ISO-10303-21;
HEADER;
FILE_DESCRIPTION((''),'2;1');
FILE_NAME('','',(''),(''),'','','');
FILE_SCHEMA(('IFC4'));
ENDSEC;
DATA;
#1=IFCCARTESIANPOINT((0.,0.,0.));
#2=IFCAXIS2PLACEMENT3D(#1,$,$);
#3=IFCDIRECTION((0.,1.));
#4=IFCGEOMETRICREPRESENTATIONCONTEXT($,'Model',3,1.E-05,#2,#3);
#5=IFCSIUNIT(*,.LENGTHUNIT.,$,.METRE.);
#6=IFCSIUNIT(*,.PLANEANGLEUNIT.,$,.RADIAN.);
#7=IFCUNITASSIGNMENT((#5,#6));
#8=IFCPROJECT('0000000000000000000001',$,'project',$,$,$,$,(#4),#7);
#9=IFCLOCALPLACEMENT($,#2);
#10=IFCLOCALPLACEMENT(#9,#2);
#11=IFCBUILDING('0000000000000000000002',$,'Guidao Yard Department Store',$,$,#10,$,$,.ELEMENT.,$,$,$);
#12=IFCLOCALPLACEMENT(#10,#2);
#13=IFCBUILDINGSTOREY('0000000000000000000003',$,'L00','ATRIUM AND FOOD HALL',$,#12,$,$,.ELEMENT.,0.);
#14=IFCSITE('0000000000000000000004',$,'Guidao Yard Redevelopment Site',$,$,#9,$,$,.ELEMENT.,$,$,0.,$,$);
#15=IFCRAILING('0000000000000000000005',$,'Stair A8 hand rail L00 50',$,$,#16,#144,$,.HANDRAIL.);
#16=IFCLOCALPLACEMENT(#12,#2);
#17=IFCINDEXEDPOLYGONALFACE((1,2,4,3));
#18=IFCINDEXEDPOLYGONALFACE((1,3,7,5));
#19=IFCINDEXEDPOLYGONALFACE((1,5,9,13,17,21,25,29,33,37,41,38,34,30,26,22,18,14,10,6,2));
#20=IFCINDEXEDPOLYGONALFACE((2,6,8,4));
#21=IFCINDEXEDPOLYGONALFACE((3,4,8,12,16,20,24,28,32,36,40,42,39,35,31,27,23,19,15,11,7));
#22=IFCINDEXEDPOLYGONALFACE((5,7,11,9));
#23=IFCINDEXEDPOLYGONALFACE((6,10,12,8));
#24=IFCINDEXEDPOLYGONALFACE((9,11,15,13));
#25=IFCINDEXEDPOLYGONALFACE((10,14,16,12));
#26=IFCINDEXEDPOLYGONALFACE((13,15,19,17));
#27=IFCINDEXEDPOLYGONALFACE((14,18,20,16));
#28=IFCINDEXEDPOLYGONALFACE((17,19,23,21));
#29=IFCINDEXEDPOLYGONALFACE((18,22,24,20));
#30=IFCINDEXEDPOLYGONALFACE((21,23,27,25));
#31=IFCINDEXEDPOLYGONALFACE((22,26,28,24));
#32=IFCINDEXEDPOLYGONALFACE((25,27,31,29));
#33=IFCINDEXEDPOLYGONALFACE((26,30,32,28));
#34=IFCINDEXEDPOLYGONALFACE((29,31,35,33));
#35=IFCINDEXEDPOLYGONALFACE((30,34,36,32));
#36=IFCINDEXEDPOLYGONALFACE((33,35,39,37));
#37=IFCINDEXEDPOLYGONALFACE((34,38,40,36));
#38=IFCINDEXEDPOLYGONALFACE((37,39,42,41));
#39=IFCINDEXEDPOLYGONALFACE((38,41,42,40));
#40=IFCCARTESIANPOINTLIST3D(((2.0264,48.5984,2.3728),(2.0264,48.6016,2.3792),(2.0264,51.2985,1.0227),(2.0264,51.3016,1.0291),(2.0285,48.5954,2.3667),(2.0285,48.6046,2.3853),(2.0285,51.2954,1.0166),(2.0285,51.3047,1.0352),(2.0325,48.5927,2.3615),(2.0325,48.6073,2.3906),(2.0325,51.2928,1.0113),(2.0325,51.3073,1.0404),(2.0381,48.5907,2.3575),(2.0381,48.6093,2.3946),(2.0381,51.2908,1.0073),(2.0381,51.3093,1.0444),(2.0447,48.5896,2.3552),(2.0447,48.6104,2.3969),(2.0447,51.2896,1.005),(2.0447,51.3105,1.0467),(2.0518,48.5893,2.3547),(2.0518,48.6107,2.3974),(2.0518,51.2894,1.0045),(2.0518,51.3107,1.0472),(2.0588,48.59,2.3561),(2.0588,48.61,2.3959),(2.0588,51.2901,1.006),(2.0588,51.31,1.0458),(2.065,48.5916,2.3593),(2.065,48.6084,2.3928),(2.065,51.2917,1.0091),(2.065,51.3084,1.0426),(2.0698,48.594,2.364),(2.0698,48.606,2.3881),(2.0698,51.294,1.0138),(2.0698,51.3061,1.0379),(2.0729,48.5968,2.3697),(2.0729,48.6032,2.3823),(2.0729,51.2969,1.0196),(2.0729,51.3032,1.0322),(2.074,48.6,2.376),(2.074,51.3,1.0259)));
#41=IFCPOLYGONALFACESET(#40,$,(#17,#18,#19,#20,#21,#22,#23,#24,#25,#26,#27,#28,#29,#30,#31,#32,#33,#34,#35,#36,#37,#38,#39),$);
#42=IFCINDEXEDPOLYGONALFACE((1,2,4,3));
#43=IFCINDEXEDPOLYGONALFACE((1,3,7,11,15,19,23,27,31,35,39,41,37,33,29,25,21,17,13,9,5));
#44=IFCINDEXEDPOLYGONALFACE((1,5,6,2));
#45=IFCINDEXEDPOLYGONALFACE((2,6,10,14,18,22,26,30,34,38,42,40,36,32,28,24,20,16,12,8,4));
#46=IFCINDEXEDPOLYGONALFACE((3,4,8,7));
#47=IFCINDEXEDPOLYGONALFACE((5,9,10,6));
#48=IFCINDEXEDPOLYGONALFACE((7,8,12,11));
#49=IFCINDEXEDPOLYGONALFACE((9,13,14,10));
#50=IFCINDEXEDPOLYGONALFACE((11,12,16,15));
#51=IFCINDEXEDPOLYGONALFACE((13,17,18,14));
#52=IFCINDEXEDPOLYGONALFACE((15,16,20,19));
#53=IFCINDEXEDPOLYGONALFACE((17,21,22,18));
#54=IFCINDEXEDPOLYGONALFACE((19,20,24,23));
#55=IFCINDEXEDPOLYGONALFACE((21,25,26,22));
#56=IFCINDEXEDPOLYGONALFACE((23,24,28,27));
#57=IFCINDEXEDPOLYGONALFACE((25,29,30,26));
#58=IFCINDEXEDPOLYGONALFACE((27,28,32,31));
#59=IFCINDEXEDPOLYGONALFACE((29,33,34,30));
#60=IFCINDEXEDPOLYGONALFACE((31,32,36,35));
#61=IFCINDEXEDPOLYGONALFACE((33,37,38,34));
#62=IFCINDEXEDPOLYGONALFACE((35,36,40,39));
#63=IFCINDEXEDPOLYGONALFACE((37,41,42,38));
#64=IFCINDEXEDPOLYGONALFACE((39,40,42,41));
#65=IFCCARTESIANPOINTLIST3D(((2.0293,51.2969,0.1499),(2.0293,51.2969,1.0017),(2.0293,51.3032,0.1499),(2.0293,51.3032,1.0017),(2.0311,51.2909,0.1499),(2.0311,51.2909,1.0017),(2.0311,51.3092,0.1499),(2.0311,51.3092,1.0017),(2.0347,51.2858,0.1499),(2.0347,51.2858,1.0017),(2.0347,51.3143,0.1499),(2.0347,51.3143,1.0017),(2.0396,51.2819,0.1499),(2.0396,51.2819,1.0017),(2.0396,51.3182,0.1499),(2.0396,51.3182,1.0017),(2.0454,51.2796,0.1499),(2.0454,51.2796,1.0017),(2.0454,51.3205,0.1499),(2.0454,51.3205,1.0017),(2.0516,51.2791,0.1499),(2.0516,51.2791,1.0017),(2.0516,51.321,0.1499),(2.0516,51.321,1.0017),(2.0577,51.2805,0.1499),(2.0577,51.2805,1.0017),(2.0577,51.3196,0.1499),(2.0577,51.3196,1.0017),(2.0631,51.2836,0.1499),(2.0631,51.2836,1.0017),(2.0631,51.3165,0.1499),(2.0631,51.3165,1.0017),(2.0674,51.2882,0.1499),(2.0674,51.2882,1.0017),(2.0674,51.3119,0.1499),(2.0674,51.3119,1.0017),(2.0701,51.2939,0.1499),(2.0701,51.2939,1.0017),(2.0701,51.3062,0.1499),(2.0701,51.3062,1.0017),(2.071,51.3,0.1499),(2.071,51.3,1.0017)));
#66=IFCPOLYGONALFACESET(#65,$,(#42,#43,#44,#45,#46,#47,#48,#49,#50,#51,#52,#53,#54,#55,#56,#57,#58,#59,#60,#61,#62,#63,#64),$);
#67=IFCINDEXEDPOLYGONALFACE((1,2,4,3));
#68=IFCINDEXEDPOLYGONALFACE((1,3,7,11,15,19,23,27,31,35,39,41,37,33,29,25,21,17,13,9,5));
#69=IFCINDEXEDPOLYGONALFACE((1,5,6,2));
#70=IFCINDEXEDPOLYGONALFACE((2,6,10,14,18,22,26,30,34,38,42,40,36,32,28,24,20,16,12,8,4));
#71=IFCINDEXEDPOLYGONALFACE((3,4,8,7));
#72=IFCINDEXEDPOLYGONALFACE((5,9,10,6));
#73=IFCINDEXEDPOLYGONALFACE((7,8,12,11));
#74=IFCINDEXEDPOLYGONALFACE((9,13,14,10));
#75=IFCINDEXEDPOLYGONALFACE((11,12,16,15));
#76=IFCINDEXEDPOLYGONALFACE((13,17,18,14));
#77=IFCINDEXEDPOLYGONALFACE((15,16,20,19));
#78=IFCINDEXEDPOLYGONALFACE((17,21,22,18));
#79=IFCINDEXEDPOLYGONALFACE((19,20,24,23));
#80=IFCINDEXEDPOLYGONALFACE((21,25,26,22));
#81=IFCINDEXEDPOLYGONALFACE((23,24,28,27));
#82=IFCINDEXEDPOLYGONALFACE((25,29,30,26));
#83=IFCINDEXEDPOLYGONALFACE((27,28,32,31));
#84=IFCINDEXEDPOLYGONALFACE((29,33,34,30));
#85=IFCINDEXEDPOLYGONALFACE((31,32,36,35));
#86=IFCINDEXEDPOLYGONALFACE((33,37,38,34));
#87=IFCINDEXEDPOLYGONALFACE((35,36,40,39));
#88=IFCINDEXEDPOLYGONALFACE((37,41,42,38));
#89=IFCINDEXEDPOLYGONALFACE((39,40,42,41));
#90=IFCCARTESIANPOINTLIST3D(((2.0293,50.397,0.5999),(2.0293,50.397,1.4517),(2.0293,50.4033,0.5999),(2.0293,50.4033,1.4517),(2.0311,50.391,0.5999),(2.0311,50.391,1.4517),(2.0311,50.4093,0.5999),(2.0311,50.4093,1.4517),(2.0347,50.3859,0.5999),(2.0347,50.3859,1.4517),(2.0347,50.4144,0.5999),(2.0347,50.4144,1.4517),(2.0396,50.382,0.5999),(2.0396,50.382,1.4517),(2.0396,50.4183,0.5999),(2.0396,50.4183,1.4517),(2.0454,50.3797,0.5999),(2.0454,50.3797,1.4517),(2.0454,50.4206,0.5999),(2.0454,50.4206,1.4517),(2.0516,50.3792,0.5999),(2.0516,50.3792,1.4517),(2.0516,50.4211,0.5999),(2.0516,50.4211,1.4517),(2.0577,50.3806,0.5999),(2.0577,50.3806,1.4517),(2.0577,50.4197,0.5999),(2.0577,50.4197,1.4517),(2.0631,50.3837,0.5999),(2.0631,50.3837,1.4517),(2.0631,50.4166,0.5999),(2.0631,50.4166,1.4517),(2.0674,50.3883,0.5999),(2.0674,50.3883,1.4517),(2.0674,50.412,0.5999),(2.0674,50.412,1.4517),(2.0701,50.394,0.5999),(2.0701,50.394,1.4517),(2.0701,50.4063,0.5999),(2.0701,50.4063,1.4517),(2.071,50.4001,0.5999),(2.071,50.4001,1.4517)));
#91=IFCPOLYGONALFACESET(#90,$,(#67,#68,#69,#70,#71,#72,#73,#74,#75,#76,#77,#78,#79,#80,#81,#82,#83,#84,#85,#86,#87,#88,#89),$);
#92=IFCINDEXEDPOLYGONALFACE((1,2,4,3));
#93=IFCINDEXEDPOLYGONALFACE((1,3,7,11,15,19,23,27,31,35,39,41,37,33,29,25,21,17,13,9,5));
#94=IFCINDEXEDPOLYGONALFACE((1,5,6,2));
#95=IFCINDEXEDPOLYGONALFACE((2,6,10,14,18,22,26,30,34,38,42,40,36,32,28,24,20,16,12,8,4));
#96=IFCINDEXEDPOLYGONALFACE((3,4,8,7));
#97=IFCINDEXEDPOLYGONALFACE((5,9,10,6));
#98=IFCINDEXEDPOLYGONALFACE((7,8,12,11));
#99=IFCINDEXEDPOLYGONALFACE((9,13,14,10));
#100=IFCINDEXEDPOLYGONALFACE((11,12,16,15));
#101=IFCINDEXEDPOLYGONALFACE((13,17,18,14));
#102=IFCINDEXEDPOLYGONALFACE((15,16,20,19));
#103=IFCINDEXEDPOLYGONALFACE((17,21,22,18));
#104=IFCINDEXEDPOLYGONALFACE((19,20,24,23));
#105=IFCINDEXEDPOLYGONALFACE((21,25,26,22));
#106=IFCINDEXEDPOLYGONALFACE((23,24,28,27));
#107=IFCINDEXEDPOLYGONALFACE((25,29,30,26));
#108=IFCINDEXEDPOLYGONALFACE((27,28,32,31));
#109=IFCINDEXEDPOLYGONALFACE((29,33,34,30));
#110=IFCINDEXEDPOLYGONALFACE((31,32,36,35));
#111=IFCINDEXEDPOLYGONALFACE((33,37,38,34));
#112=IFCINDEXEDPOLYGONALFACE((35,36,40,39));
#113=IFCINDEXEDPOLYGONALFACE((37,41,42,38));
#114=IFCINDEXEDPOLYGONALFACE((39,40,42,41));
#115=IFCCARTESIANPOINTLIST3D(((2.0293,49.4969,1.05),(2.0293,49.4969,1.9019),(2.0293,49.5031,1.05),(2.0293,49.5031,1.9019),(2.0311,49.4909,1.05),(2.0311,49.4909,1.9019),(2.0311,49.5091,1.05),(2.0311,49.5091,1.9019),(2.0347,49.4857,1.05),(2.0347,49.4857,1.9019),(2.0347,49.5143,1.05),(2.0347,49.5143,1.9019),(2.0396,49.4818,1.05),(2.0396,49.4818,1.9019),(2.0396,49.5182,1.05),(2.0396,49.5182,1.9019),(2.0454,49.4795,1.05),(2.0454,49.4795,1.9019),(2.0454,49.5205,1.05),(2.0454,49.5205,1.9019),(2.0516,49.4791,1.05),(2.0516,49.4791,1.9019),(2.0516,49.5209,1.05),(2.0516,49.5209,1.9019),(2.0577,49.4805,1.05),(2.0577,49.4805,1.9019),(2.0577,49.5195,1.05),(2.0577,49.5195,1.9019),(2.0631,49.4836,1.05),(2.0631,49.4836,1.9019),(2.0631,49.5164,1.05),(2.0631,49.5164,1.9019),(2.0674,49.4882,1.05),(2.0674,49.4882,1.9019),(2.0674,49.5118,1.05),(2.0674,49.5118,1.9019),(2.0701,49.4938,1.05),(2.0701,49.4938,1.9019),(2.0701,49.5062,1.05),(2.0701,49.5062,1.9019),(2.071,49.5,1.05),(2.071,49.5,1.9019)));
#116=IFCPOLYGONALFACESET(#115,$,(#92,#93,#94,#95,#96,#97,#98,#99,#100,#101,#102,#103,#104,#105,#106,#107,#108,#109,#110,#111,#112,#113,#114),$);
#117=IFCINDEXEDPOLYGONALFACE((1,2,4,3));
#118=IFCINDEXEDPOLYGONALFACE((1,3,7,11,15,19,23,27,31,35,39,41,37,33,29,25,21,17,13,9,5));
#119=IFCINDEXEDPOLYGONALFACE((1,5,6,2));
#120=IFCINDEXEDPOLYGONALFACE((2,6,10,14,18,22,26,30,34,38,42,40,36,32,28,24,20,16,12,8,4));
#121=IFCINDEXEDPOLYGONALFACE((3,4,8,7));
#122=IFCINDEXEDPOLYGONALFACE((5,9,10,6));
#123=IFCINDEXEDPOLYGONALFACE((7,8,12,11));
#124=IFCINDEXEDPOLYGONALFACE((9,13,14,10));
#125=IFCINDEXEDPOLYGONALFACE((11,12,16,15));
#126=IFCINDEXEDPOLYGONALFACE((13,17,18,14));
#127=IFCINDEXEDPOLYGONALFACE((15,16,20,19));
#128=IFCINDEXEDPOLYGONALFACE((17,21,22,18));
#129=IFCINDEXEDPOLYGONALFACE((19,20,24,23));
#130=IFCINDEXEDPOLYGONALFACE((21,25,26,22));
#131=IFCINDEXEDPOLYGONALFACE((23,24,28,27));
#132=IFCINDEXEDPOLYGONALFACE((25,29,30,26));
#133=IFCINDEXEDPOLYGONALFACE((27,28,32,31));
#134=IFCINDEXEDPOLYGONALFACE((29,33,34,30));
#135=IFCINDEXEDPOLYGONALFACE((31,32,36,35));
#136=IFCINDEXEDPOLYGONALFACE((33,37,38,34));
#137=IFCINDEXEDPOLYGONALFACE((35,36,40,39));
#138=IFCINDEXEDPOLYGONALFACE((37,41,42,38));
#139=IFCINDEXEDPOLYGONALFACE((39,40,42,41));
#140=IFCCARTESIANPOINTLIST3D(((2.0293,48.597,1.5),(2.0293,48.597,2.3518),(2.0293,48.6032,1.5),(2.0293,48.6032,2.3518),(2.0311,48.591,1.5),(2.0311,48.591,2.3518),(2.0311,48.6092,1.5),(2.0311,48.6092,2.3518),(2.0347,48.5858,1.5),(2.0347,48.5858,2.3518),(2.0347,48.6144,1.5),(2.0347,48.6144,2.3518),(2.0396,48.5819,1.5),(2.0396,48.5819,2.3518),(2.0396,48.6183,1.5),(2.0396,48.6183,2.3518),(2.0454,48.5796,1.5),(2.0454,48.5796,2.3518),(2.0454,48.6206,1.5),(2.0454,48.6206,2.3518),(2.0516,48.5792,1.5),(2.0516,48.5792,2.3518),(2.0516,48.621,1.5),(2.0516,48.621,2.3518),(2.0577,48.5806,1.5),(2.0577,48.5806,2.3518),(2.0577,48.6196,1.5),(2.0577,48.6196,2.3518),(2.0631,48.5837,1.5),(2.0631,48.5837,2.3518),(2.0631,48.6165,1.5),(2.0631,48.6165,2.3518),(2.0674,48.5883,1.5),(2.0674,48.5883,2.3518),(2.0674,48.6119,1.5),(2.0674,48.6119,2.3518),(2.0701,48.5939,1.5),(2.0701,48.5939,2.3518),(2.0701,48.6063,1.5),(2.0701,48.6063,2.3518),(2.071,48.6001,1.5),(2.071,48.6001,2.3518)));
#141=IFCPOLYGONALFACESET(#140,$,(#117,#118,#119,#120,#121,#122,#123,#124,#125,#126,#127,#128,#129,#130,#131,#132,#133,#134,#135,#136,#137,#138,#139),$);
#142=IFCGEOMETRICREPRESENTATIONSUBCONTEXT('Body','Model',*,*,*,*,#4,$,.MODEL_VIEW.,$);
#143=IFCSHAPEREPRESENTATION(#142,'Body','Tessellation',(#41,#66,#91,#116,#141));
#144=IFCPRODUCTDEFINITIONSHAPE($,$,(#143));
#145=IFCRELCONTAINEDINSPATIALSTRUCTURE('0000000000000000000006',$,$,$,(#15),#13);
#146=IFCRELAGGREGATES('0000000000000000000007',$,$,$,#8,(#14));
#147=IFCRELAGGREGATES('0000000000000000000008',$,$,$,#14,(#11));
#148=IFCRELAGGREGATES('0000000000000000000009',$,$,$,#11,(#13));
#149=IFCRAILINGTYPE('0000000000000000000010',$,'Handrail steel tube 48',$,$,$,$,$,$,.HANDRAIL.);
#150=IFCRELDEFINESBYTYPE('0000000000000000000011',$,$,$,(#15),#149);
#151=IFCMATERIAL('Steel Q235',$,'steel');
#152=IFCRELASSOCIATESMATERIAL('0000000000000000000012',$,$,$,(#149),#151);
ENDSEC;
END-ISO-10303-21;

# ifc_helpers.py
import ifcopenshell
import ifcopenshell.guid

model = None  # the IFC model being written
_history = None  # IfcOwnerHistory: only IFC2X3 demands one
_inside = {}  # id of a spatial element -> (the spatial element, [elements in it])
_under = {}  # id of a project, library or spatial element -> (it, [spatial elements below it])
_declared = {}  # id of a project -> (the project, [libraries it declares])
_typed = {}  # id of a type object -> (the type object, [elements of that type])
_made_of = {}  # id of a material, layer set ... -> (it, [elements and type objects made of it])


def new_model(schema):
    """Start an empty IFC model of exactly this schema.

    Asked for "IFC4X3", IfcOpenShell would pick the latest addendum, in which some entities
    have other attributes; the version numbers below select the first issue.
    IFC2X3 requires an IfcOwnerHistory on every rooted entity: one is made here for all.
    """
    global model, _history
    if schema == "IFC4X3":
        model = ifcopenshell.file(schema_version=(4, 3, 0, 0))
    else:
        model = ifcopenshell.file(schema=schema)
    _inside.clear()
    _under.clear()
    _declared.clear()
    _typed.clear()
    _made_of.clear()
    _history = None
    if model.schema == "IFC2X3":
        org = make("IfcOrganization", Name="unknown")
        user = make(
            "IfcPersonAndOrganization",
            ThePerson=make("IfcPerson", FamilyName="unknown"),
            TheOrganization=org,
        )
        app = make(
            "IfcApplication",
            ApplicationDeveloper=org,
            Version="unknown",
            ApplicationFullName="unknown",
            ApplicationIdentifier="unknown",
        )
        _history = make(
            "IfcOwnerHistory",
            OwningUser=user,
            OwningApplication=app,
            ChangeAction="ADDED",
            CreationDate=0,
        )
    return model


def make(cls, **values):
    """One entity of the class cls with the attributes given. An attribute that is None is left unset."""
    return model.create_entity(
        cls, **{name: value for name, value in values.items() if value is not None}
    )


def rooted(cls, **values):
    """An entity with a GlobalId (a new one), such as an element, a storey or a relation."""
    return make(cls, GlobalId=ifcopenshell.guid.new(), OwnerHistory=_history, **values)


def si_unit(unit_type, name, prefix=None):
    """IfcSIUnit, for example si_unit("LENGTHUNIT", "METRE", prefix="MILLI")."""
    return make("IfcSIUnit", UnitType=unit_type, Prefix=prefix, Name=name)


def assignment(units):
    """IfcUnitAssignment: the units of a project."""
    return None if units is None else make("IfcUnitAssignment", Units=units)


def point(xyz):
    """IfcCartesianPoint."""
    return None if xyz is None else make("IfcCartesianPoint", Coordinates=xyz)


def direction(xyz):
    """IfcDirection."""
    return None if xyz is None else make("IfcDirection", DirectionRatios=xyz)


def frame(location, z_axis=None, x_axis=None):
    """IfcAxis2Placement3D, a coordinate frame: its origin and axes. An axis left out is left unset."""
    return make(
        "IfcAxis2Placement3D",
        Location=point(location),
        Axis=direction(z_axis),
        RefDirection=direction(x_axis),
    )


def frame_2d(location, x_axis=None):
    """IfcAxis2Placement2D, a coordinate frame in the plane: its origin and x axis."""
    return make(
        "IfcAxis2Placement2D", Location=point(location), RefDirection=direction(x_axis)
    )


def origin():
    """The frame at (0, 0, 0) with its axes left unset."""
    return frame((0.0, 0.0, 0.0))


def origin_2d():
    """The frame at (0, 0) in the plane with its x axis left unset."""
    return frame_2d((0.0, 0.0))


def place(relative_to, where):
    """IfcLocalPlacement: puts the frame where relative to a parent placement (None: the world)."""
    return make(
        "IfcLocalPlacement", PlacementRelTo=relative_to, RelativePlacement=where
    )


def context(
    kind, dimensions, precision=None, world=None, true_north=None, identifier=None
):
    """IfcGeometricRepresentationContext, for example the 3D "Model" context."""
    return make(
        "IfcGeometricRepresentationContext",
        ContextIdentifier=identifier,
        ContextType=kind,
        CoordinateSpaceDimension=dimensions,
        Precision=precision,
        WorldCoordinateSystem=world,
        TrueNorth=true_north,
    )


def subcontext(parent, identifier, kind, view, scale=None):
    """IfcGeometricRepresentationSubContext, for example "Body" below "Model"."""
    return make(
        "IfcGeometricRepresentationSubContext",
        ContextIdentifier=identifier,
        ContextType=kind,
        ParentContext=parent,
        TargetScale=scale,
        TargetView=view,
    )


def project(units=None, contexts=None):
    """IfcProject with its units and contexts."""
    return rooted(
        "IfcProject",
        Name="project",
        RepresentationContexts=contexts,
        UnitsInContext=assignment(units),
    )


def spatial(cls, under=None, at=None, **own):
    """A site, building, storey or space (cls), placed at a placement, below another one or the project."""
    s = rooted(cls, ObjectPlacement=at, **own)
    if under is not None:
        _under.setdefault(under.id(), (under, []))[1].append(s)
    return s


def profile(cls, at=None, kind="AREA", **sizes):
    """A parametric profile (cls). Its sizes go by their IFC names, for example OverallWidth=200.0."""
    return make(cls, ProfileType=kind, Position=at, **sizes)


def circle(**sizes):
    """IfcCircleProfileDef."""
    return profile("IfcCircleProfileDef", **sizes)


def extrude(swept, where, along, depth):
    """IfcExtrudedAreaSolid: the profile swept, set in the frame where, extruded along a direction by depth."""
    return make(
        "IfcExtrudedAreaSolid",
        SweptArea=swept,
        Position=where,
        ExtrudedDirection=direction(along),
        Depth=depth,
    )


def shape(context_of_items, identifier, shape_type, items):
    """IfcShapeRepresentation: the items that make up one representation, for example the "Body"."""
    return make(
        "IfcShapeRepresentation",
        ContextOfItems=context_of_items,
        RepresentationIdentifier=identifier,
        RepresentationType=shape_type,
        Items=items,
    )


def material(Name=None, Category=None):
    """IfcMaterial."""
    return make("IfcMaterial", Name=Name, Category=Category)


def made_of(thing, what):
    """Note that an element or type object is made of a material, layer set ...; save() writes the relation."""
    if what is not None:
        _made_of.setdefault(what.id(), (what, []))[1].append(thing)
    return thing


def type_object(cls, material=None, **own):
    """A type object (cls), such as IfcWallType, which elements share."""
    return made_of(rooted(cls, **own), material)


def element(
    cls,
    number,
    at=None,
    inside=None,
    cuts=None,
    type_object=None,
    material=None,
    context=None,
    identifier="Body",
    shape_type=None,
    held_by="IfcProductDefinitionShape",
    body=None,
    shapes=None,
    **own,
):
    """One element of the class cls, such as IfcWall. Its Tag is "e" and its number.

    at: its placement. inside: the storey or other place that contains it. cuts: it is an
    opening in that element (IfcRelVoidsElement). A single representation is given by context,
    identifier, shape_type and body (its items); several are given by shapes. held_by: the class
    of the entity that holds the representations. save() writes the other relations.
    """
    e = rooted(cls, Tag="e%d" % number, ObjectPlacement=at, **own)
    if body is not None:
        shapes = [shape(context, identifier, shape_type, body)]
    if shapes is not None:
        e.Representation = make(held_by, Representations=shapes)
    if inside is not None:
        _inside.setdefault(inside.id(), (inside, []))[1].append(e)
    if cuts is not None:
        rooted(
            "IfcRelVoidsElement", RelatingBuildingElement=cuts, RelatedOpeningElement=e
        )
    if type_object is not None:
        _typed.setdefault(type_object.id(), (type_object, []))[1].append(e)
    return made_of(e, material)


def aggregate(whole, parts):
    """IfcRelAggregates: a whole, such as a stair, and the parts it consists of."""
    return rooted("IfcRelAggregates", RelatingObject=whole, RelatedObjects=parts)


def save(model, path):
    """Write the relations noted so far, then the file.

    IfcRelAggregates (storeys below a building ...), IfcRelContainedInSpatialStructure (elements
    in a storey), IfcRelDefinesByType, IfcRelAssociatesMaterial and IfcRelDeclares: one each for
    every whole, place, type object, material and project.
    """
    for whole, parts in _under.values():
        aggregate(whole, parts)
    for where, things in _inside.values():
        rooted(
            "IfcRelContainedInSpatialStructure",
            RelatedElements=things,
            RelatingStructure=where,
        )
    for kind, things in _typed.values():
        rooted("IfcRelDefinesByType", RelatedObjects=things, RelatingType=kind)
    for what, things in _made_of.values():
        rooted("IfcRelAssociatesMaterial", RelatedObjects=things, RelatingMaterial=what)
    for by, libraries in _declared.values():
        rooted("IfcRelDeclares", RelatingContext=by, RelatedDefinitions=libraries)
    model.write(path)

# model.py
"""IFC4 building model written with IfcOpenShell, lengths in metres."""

from ifc_helpers import new_model, si_unit, direction, frame, origin, origin_2d, place, context, subcontext, project, spatial, circle, extrude, material, type_object, element, save


model = new_model("IFC4")

# Units and contexts
model_context = context("Model", 3, precision=1e-05, world=origin(), true_north=direction((0.0, 1.0)))
body_context = subcontext(model_context, "Body", "Model", "MODEL_VIEW")
ifc_project = project(units=[si_unit("LENGTHUNIT", "METRE"), si_unit("PLANEANGLEUNIT", "RADIAN")], contexts=[model_context])

# Site, building, storey
site_placement = place(None, origin())
site = spatial("IfcSite", under=ifc_project, at=site_placement, Name="Guidao Yard Redevelopment Site", CompositionType="ELEMENT", RefElevation=0.0)
building_placement = place(site_placement, origin())
building = spatial("IfcBuilding", under=site, at=building_placement, Name="Guidao Yard Department Store", CompositionType="ELEMENT")
storey_placement = place(building_placement, origin())
storey = spatial("IfcBuildingStorey", under=building, at=storey_placement, Name="L00", Description="ATRIUM AND FOOD HALL", CompositionType="ELEMENT", Elevation=0.0)

# Railing
ifc_material_1 = material(Name="Steel Q235", Category="steel")
railing_type = type_object("IfcRailingType", Name="Handrail steel tube 48", PredefinedType="HANDRAIL", material=ifc_material_1)
for number, where, name in (
    (1, (2.05, 51.3, 0.1499), "Stair A8 hand rail L00 50"),
):
    element("IfcRailing", number, at=place(storey_placement, frame(where)), inside=storey, type_object=railing_type, Name=name, PredefinedType="HANDRAIL", context=body_context, shape_type="SweptSolid", body=[
        extrude(circle(Radius=0.0239, at=origin_2d()), frame((0.0, 0.0, 0.876), z_axis=(0.0, -0.894411, 0.447246), x_axis=(1.0, 0.0, 0.0)), (0.0, 0.0, 1.0), 3.0188),
        extrude(circle(Radius=0.021, at=origin_2d()), origin(), (0.0, 0.0, 1.0), 0.8518),
        extrude(circle(Radius=0.021, at=origin_2d()), frame((0.0, -0.8999, 0.45)), (0.0, 0.0, 1.0), 0.8518),
        extrude(circle(Radius=0.021, at=origin_2d()), frame((0.0, -1.8, 0.9001)), (0.0, 0.0, 1.0), 0.8518),
        extrude(circle(Radius=0.021, at=origin_2d()), frame((0.0, -2.7, 1.3501)), (0.0, 0.0, 1.0), 0.8518),
    ])

save(model, "model.ifc")
